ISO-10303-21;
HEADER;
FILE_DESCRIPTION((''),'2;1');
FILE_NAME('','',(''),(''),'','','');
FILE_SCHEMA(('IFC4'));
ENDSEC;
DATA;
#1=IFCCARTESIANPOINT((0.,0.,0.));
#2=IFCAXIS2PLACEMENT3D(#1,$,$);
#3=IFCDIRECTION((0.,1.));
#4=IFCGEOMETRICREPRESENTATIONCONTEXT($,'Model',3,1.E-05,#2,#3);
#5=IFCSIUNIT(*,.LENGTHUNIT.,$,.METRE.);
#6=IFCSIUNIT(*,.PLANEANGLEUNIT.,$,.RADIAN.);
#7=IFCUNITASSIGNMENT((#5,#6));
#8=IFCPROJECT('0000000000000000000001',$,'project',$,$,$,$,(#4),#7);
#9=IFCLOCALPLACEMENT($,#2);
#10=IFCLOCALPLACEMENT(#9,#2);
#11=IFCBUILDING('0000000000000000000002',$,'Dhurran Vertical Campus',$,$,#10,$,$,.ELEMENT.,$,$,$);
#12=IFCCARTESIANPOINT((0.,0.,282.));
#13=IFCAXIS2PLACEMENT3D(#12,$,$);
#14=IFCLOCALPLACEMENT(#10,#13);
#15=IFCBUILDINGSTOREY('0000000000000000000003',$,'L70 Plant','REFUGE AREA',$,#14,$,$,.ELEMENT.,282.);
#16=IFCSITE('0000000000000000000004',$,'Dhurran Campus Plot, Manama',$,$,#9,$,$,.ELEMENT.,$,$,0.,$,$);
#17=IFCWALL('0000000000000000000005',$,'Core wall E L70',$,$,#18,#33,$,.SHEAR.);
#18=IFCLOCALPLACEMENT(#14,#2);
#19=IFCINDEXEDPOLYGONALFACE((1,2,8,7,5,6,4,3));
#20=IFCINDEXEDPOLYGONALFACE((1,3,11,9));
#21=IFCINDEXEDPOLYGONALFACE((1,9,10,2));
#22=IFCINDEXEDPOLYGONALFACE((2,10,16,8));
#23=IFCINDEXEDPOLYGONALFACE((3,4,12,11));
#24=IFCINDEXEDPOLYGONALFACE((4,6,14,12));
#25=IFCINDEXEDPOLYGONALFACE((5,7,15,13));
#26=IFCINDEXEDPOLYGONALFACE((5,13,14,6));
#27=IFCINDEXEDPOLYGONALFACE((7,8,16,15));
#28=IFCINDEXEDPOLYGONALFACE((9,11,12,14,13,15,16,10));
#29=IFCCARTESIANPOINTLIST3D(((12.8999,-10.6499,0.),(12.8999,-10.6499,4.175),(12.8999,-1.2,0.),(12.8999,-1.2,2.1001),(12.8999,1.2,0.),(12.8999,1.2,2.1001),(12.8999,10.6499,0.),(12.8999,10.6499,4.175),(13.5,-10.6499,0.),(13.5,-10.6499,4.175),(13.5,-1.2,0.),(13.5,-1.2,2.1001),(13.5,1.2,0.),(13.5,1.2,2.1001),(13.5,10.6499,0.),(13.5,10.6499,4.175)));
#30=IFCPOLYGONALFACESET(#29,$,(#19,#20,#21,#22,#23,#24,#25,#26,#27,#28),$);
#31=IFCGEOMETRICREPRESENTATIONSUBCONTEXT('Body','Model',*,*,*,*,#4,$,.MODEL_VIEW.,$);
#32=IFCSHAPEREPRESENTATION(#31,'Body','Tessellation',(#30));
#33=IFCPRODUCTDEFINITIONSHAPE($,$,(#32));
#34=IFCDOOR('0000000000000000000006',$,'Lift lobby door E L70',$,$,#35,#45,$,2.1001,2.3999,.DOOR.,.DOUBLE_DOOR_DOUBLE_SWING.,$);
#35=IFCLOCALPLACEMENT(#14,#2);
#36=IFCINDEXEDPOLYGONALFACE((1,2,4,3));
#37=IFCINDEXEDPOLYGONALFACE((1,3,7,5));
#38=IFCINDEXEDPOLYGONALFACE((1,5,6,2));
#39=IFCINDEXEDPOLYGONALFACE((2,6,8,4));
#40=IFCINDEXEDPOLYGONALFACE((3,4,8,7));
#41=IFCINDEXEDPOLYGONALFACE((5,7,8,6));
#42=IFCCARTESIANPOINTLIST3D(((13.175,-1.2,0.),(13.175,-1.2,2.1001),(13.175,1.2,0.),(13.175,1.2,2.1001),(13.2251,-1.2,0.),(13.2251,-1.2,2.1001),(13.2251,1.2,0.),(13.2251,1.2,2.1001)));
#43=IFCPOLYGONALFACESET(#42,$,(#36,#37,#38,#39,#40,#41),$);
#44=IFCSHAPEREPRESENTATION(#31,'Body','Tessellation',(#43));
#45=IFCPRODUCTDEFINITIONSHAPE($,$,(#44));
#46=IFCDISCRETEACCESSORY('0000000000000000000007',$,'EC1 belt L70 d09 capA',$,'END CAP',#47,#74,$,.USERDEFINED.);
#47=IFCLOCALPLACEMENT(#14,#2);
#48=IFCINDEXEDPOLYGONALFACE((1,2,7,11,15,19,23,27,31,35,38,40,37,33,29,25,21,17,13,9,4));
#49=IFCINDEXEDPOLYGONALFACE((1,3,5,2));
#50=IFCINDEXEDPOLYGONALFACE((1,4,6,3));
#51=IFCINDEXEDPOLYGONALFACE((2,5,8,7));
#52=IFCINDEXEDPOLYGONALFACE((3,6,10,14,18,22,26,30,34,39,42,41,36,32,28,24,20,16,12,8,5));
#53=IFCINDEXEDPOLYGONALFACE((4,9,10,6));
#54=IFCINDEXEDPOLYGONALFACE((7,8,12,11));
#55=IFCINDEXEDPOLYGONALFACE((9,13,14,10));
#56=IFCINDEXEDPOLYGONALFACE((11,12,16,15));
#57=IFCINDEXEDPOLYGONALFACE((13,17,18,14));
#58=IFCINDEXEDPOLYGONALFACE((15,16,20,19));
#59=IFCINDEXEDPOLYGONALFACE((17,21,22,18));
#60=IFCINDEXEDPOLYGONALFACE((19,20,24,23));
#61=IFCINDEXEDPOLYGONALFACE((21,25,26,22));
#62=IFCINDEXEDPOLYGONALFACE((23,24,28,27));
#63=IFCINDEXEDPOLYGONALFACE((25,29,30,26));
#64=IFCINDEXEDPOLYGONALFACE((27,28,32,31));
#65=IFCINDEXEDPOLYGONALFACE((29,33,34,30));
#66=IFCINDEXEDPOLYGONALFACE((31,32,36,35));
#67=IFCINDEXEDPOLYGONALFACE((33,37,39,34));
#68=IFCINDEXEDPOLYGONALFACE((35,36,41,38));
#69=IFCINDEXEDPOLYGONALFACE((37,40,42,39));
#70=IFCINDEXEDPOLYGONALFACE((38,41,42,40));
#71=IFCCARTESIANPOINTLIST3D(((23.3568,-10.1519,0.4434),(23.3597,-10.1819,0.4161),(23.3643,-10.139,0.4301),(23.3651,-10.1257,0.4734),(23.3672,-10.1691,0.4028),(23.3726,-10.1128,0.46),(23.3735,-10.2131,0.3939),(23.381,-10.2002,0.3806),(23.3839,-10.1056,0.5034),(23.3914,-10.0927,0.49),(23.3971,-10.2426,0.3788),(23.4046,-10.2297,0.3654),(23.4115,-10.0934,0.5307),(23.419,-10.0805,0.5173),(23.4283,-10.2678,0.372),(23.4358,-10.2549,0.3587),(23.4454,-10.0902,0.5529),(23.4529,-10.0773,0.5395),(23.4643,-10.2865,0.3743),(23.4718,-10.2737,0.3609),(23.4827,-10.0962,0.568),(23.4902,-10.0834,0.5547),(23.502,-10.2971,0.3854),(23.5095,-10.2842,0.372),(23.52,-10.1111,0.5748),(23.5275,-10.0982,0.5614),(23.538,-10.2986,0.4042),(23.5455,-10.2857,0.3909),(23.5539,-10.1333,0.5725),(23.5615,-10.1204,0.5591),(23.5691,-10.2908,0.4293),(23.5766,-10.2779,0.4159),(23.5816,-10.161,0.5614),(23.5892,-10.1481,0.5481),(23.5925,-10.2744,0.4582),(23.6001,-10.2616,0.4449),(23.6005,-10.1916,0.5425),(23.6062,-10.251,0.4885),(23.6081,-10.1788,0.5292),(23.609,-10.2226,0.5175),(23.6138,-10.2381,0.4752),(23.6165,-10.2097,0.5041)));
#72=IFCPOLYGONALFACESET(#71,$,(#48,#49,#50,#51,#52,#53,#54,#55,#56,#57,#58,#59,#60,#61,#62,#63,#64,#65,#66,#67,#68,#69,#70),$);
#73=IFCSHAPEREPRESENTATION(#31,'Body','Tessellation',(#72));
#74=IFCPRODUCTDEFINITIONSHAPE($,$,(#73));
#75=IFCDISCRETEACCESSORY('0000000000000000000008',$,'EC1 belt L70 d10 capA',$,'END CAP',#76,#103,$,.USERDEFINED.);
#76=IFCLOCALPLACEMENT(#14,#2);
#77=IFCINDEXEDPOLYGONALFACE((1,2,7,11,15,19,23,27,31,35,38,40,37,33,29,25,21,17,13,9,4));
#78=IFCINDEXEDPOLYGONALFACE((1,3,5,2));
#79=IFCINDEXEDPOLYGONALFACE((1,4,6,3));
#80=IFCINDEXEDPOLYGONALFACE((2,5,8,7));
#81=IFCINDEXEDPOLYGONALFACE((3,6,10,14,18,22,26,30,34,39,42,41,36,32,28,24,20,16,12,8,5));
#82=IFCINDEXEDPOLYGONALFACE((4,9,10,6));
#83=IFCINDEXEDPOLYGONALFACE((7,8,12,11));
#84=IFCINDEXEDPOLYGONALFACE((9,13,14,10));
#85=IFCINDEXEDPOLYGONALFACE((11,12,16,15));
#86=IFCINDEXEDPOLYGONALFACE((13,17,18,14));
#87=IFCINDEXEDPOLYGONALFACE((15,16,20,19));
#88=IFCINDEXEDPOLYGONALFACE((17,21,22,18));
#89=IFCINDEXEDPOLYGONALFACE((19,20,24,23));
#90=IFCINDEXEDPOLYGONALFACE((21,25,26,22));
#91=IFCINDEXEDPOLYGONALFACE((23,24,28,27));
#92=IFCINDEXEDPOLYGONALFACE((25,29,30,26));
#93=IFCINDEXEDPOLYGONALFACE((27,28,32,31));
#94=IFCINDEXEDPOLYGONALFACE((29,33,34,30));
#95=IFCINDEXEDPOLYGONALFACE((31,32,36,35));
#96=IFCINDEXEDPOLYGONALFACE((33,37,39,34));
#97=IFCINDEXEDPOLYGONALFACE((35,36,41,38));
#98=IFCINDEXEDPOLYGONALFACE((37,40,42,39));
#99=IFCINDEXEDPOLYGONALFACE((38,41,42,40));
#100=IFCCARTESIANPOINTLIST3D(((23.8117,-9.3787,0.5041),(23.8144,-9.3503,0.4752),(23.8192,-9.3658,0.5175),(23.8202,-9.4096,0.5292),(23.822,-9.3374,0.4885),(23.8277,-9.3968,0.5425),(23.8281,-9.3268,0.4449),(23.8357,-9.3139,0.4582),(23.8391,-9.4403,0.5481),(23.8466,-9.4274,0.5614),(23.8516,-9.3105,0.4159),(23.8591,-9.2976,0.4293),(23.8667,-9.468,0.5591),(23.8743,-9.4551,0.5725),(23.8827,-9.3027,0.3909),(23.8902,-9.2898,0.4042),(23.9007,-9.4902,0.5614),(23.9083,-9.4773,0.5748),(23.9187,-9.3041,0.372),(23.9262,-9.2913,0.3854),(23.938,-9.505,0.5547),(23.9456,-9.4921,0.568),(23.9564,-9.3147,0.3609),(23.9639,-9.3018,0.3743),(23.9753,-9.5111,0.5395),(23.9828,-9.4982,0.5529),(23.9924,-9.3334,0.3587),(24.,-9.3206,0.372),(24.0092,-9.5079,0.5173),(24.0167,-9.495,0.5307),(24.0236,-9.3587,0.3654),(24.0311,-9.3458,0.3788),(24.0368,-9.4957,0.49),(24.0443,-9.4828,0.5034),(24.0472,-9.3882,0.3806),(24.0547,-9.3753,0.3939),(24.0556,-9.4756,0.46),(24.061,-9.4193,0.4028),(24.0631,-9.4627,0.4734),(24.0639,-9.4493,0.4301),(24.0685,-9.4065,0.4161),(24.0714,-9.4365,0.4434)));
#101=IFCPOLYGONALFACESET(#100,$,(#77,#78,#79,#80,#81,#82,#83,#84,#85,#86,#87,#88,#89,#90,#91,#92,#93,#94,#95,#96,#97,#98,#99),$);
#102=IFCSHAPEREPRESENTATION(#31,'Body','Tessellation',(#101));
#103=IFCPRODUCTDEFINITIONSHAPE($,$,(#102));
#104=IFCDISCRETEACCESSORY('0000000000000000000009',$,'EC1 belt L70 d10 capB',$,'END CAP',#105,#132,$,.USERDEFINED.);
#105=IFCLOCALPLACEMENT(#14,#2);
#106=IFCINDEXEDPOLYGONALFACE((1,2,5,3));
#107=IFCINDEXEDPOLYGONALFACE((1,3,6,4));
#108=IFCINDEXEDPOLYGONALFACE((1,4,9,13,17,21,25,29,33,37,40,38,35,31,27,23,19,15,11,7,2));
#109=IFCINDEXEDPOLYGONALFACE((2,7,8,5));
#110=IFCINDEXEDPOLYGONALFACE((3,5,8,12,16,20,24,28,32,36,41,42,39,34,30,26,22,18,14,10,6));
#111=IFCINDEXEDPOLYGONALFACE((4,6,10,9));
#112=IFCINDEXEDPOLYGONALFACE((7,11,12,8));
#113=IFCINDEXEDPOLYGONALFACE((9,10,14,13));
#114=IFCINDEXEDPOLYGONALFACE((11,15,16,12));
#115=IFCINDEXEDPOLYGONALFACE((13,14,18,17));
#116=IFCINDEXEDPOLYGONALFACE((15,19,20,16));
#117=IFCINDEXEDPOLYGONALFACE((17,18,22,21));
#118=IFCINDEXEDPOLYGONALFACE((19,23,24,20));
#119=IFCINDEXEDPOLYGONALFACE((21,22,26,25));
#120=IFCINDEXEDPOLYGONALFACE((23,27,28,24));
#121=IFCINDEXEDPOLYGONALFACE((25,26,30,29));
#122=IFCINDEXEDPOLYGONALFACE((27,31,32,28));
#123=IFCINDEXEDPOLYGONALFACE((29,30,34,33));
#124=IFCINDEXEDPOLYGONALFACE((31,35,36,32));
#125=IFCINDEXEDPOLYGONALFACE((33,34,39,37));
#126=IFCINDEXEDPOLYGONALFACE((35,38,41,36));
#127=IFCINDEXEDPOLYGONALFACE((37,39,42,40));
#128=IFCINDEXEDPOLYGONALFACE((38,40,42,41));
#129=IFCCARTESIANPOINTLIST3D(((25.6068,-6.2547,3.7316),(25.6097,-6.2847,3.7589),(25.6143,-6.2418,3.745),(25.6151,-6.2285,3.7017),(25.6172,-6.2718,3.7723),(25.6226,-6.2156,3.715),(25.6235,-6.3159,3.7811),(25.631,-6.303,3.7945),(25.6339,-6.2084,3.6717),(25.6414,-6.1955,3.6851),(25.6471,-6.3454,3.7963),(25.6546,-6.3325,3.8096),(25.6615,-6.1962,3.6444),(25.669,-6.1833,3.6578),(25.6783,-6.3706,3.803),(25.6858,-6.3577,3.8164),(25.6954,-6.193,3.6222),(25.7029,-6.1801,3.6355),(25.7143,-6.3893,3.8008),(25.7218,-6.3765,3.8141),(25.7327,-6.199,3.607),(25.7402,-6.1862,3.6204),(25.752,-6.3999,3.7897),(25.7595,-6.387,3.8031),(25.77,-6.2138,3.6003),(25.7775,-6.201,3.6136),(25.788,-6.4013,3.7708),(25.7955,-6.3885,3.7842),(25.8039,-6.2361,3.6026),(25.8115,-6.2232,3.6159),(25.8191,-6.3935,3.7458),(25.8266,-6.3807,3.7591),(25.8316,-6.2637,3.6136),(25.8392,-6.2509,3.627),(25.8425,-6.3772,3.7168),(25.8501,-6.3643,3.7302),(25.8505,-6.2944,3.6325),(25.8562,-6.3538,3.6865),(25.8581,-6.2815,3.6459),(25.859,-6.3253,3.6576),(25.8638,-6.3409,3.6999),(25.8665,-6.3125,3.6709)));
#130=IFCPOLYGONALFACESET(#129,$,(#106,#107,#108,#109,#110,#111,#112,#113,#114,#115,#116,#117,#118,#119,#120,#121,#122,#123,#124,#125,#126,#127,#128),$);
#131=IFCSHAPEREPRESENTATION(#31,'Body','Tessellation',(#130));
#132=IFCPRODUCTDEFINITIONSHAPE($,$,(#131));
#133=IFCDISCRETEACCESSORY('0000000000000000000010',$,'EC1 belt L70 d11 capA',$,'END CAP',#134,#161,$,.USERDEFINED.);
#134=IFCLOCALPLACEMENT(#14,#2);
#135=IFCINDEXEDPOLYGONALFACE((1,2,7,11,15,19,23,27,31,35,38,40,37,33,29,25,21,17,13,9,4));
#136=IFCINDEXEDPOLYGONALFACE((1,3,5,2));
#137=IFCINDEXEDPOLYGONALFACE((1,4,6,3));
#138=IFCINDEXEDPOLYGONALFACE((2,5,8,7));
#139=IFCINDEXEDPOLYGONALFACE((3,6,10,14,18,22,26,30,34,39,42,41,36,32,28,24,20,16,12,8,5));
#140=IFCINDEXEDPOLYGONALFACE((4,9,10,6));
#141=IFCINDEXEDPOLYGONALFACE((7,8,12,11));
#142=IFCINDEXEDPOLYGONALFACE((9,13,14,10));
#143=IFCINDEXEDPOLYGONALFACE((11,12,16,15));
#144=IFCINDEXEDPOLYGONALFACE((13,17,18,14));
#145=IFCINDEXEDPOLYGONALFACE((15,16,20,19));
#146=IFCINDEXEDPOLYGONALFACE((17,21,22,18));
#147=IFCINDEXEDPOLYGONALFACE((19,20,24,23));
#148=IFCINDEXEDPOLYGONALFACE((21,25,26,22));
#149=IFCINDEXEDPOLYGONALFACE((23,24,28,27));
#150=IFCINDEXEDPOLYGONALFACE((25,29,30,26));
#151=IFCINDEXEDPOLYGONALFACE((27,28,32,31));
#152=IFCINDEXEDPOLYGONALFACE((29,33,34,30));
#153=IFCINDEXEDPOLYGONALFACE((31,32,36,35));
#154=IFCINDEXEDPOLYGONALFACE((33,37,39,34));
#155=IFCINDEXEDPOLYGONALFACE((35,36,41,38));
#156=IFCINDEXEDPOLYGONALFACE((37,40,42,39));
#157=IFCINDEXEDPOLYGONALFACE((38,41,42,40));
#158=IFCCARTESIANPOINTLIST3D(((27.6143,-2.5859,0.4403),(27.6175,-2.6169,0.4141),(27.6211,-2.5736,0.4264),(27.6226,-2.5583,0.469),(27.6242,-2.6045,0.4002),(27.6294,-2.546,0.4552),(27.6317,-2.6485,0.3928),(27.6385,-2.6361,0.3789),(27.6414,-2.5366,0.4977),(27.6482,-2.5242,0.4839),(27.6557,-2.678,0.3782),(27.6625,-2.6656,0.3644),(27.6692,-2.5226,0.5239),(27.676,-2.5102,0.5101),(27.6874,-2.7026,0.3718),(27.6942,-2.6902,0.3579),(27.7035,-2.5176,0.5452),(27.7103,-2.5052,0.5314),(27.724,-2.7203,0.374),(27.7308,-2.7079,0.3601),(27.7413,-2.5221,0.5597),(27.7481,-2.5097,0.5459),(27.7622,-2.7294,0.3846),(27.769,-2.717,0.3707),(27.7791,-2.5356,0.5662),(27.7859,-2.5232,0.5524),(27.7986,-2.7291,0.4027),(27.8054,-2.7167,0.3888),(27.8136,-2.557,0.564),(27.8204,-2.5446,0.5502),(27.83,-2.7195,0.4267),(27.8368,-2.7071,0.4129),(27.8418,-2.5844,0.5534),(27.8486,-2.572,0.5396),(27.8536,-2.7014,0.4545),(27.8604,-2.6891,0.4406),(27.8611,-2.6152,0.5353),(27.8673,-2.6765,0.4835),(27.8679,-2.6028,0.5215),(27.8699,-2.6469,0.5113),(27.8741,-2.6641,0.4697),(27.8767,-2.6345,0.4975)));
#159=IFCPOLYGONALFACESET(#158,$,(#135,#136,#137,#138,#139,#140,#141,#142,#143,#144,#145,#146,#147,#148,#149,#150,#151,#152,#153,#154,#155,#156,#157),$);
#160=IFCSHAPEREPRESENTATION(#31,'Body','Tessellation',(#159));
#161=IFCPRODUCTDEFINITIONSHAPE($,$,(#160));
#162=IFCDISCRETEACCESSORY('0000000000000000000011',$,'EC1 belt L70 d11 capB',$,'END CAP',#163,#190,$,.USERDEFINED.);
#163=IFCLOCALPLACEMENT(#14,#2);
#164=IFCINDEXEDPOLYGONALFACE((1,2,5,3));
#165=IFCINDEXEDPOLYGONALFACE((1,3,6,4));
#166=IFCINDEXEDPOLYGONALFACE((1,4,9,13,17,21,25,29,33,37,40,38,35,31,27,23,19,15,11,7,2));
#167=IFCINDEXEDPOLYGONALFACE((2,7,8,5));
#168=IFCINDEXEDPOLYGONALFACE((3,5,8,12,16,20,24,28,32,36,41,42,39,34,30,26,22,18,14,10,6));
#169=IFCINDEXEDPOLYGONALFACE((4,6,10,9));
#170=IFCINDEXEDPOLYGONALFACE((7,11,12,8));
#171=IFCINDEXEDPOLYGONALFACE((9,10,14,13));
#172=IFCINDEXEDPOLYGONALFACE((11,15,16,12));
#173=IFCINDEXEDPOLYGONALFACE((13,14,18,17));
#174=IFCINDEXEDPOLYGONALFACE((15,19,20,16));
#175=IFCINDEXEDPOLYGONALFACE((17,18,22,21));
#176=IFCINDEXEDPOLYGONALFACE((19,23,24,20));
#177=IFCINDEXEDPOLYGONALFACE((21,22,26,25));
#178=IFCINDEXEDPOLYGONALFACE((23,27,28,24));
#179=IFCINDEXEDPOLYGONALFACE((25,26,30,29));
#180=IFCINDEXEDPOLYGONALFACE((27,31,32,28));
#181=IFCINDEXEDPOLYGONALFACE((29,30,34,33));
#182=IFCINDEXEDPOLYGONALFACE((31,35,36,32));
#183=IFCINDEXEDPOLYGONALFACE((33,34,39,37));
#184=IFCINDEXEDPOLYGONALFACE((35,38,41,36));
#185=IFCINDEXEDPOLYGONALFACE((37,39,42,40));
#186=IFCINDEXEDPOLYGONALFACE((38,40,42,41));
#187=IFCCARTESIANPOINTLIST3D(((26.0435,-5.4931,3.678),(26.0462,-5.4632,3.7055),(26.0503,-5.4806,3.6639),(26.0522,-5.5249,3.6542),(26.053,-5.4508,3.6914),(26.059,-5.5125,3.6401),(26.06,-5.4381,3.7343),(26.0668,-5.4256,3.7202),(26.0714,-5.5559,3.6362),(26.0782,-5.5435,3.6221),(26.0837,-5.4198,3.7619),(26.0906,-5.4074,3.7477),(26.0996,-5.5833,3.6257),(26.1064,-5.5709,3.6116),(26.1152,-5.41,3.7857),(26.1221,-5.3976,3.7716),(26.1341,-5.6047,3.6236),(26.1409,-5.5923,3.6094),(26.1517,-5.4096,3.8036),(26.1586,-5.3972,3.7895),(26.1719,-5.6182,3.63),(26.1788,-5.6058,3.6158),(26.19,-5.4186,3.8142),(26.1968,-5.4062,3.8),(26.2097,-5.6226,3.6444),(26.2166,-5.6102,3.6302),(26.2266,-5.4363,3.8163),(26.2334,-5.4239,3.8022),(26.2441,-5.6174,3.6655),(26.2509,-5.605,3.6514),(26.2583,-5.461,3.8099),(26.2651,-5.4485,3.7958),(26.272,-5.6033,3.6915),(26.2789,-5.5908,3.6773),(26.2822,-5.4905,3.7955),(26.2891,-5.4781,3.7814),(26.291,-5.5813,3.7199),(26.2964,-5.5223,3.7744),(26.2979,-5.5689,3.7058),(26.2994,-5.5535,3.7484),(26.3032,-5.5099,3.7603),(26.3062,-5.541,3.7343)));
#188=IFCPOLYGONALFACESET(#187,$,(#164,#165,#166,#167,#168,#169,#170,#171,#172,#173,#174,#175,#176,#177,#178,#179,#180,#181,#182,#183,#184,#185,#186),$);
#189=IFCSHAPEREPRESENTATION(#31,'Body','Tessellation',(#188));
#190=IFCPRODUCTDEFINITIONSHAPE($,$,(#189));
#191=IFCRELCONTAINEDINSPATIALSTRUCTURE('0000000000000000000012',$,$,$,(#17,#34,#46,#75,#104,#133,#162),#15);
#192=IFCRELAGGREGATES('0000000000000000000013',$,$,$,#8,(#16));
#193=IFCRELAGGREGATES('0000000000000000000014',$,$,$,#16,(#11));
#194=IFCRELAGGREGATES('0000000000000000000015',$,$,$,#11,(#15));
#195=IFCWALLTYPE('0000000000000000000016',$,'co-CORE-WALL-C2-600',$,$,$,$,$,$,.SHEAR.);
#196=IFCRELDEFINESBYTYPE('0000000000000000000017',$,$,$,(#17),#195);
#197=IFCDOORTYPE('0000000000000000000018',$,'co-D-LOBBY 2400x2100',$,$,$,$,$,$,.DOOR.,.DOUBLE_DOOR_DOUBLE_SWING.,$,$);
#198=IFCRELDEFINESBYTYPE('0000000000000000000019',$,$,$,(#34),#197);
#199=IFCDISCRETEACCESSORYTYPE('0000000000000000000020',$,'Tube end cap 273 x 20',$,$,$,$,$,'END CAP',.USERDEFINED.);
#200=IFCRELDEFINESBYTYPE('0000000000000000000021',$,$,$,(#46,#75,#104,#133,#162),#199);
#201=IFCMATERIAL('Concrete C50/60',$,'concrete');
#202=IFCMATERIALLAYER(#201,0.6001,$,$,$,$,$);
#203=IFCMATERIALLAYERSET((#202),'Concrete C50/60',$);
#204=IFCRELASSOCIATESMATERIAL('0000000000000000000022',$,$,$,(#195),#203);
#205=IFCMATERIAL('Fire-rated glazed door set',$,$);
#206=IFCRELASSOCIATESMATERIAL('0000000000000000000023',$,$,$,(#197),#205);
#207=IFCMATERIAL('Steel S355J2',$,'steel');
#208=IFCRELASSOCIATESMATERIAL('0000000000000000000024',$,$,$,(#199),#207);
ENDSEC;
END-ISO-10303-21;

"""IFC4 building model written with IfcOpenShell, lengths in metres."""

from ifc_helpers import new_model, si_unit, direction, frame, frame_2d, origin, origin_2d, place, context, subcontext, project, spatial, rectangle, circle, extrude, material, layer, layer_set, material_profile, profile_set, type_object, element, fill, save


model = new_model("IFC4")

# Units and contexts
model_context = context("Model", 3, precision=1e-05, world=origin(), true_north=direction((0.0, 1.0)))
body_context = subcontext(model_context, "Body", "Model", "MODEL_VIEW")
ifc_project = project(units=[si_unit("LENGTHUNIT", "METRE"), si_unit("PLANEANGLEUNIT", "RADIAN")], contexts=[model_context])

# Site, building, storey
site_placement = place(None, origin())
site = spatial("IfcSite", under=ifc_project, at=site_placement, Name="Dhurran Campus Plot, Manama", CompositionType="ELEMENT", RefElevation=0.0)
building_placement = place(site_placement, origin())
building = spatial("IfcBuilding", under=site, at=building_placement, Name="Dhurran Vertical Campus", CompositionType="ELEMENT")
storey_placement = place(building_placement, frame((0.0, 0.0, 282.0)))
storey = spatial("IfcBuildingStorey", under=building, at=storey_placement, Name="L70 Plant", Description="REFUGE AREA", CompositionType="ELEMENT", Elevation=282.0)

# Wall, opening, door
ifc_material_1 = material(Name="Concrete C50/60", Category="concrete")
ifc_layer_1 = layer(ifc_material_1, 0.6001)
ifc_layer_set_1 = layer_set([ifc_layer_1], Name="Concrete C50/60")
wall_type_1 = type_object("IfcWallType", Name="co-CORE-WALL-C2-600", PredefinedType="SHEAR", material=ifc_layer_set_1)
wall_1_placement = place(storey_placement, frame((13.2, -10.6499, 0.0), z_axis=(0.0, 0.0, 1.0), x_axis=(0.0, 1.0, 0.0)))
wall_1 = element("IfcWall", 1, at=wall_1_placement, inside=storey, type_object=wall_type_1, Name="Core wall E L70", PredefinedType="SHEAR", context=body_context, shape_type="SweptSolid", body=[
    extrude(rectangle(XDim=21.2998, YDim=0.6001, at=frame_2d((10.6499, 0.0))), origin(), (0.0, 0.0, 1.0), 4.175),
])
opening_1_placement = place(wall_1_placement, frame((9.45, 0.0, 0.0)))
opening_1 = element("IfcOpeningElement", 2, at=opening_1_placement, cuts=wall_1, PredefinedType="OPENING", context=body_context, shape_type="SweptSolid", body=[
    extrude(rectangle(XDim=2.3999, YDim=2.1001, at=frame_2d((1.2, 1.05))), frame((0.0, 0.3101, 0.0), z_axis=(0.0, -1.0, 0.0), x_axis=(1.0, 0.0, 0.0)), (0.0, 0.0, 1.0), 0.6201),
])
ifc_material_2 = material(Name="Fire-rated glazed door set")
door_type = type_object("IfcDoorType", Name="co-D-LOBBY 2400x2100", OperationType="DOUBLE_DOOR_DOUBLE_SWING", PredefinedType="DOOR", material=ifc_material_2)
door_placement = place(opening_1_placement, origin())
door = element("IfcDoor", 3, at=door_placement, inside=storey, type_object=door_type, Name="Lift lobby door E L70", OperationType="DOUBLE_DOOR_DOUBLE_SWING", OverallHeight=2.1001, OverallWidth=2.3999, PredefinedType="DOOR", context=body_context, shape_type="SweptSolid", body=[
    extrude(rectangle(XDim=2.3999, YDim=2.1001, at=frame_2d((1.2, 1.05))), frame((0.0, 0.0249, 0.0), z_axis=(0.0, -1.0, 0.0), x_axis=(1.0, 0.0, 0.0)), (0.0, 0.0, 1.0), 0.05),
])
fill(opening_1, door)

# Discrete accessories
ifc_material_3 = material(Name="Steel S355J2", Category="steel")
ifc_material_profile_1 = material_profile(ifc_material_3, circle(Radius=0.1365, at=origin_2d()), Name="Tube end cap 273 x 20")
ifc_profile_set_1 = profile_set([ifc_material_profile_1], Name="Steel S355J2")
discrete_accessory_type = type_object("IfcDiscreteAccessoryType", Name="Tube end cap 273 x 20", ElementType="END CAP", PredefinedType="USERDEFINED", material=ifc_profile_set_1)
for number, where, z_axis, x_axis, name in (
    (4, (23.4829, -10.1946, 0.4734), (0.376069, 0.642956, -0.667218), (-0.863188, 0.504883, 0.0), "EC1 belt L70 d09 capA"),
    (5, (23.9453, -9.3938, 0.4734), (-0.376069, -0.642956, -0.667218), (0.863188, -0.504883, 0.0), "EC1 belt L70 d10 capA"),
    (6, (25.7329, -6.2974, 3.7017), (0.376069, 0.642956, 0.667218), (-0.863188, 0.504883, 0.0), "EC1 belt L70 d10 capB"),
):
    element("IfcDiscreteAccessory", number, at=place(storey_placement, frame(where, z_axis=z_axis, x_axis=x_axis)), inside=storey, type_object=discrete_accessory_type, Name=name, ObjectType="END CAP", PredefinedType="USERDEFINED", context=body_context, shape_type="SweptSolid", body=[
        extrude(circle(Radius=0.1365, at=origin_2d()), origin(), (0.0, 0.0, 1.0), 0.02),
    ])
discrete_accessory_placement = place(storey_placement, frame((27.7422, -2.624, 0.469), z_axis=(0.343772, 0.626156, -0.699821), x_axis=(-0.876579, 0.481259, 0.0)))
element("IfcDiscreteAccessory", 7, at=discrete_accessory_placement, inside=storey, type_object=discrete_accessory_type, Name="EC1 belt L70 d11 capA", ObjectType="END CAP", PredefinedType="USERDEFINED", context=body_context, shape_type="SweptSolid", body=[
    extrude(circle(Radius=0.1365, at=origin_2d()), origin(), (0.0, 0.0, 1.0), 0.0198),
])
for number, where, z_axis, x_axis, name in (
    (8, (26.1782, -5.5032, 3.7058), (-0.34083, -0.620798, 0.706006), (0.876579, -0.481259, 0.0), "EC1 belt L70 d11 capB"),
):
    element("IfcDiscreteAccessory", number, at=place(storey_placement, frame(where, z_axis=z_axis, x_axis=x_axis)), inside=storey, type_object=discrete_accessory_type, Name=name, ObjectType="END CAP", PredefinedType="USERDEFINED", context=body_context, shape_type="SweptSolid", body=[
        extrude(circle(Radius=0.1365, at=origin_2d()), origin(), (0.0, 0.0, 1.0), 0.02),
    ])

save(model, "model.ifc")
